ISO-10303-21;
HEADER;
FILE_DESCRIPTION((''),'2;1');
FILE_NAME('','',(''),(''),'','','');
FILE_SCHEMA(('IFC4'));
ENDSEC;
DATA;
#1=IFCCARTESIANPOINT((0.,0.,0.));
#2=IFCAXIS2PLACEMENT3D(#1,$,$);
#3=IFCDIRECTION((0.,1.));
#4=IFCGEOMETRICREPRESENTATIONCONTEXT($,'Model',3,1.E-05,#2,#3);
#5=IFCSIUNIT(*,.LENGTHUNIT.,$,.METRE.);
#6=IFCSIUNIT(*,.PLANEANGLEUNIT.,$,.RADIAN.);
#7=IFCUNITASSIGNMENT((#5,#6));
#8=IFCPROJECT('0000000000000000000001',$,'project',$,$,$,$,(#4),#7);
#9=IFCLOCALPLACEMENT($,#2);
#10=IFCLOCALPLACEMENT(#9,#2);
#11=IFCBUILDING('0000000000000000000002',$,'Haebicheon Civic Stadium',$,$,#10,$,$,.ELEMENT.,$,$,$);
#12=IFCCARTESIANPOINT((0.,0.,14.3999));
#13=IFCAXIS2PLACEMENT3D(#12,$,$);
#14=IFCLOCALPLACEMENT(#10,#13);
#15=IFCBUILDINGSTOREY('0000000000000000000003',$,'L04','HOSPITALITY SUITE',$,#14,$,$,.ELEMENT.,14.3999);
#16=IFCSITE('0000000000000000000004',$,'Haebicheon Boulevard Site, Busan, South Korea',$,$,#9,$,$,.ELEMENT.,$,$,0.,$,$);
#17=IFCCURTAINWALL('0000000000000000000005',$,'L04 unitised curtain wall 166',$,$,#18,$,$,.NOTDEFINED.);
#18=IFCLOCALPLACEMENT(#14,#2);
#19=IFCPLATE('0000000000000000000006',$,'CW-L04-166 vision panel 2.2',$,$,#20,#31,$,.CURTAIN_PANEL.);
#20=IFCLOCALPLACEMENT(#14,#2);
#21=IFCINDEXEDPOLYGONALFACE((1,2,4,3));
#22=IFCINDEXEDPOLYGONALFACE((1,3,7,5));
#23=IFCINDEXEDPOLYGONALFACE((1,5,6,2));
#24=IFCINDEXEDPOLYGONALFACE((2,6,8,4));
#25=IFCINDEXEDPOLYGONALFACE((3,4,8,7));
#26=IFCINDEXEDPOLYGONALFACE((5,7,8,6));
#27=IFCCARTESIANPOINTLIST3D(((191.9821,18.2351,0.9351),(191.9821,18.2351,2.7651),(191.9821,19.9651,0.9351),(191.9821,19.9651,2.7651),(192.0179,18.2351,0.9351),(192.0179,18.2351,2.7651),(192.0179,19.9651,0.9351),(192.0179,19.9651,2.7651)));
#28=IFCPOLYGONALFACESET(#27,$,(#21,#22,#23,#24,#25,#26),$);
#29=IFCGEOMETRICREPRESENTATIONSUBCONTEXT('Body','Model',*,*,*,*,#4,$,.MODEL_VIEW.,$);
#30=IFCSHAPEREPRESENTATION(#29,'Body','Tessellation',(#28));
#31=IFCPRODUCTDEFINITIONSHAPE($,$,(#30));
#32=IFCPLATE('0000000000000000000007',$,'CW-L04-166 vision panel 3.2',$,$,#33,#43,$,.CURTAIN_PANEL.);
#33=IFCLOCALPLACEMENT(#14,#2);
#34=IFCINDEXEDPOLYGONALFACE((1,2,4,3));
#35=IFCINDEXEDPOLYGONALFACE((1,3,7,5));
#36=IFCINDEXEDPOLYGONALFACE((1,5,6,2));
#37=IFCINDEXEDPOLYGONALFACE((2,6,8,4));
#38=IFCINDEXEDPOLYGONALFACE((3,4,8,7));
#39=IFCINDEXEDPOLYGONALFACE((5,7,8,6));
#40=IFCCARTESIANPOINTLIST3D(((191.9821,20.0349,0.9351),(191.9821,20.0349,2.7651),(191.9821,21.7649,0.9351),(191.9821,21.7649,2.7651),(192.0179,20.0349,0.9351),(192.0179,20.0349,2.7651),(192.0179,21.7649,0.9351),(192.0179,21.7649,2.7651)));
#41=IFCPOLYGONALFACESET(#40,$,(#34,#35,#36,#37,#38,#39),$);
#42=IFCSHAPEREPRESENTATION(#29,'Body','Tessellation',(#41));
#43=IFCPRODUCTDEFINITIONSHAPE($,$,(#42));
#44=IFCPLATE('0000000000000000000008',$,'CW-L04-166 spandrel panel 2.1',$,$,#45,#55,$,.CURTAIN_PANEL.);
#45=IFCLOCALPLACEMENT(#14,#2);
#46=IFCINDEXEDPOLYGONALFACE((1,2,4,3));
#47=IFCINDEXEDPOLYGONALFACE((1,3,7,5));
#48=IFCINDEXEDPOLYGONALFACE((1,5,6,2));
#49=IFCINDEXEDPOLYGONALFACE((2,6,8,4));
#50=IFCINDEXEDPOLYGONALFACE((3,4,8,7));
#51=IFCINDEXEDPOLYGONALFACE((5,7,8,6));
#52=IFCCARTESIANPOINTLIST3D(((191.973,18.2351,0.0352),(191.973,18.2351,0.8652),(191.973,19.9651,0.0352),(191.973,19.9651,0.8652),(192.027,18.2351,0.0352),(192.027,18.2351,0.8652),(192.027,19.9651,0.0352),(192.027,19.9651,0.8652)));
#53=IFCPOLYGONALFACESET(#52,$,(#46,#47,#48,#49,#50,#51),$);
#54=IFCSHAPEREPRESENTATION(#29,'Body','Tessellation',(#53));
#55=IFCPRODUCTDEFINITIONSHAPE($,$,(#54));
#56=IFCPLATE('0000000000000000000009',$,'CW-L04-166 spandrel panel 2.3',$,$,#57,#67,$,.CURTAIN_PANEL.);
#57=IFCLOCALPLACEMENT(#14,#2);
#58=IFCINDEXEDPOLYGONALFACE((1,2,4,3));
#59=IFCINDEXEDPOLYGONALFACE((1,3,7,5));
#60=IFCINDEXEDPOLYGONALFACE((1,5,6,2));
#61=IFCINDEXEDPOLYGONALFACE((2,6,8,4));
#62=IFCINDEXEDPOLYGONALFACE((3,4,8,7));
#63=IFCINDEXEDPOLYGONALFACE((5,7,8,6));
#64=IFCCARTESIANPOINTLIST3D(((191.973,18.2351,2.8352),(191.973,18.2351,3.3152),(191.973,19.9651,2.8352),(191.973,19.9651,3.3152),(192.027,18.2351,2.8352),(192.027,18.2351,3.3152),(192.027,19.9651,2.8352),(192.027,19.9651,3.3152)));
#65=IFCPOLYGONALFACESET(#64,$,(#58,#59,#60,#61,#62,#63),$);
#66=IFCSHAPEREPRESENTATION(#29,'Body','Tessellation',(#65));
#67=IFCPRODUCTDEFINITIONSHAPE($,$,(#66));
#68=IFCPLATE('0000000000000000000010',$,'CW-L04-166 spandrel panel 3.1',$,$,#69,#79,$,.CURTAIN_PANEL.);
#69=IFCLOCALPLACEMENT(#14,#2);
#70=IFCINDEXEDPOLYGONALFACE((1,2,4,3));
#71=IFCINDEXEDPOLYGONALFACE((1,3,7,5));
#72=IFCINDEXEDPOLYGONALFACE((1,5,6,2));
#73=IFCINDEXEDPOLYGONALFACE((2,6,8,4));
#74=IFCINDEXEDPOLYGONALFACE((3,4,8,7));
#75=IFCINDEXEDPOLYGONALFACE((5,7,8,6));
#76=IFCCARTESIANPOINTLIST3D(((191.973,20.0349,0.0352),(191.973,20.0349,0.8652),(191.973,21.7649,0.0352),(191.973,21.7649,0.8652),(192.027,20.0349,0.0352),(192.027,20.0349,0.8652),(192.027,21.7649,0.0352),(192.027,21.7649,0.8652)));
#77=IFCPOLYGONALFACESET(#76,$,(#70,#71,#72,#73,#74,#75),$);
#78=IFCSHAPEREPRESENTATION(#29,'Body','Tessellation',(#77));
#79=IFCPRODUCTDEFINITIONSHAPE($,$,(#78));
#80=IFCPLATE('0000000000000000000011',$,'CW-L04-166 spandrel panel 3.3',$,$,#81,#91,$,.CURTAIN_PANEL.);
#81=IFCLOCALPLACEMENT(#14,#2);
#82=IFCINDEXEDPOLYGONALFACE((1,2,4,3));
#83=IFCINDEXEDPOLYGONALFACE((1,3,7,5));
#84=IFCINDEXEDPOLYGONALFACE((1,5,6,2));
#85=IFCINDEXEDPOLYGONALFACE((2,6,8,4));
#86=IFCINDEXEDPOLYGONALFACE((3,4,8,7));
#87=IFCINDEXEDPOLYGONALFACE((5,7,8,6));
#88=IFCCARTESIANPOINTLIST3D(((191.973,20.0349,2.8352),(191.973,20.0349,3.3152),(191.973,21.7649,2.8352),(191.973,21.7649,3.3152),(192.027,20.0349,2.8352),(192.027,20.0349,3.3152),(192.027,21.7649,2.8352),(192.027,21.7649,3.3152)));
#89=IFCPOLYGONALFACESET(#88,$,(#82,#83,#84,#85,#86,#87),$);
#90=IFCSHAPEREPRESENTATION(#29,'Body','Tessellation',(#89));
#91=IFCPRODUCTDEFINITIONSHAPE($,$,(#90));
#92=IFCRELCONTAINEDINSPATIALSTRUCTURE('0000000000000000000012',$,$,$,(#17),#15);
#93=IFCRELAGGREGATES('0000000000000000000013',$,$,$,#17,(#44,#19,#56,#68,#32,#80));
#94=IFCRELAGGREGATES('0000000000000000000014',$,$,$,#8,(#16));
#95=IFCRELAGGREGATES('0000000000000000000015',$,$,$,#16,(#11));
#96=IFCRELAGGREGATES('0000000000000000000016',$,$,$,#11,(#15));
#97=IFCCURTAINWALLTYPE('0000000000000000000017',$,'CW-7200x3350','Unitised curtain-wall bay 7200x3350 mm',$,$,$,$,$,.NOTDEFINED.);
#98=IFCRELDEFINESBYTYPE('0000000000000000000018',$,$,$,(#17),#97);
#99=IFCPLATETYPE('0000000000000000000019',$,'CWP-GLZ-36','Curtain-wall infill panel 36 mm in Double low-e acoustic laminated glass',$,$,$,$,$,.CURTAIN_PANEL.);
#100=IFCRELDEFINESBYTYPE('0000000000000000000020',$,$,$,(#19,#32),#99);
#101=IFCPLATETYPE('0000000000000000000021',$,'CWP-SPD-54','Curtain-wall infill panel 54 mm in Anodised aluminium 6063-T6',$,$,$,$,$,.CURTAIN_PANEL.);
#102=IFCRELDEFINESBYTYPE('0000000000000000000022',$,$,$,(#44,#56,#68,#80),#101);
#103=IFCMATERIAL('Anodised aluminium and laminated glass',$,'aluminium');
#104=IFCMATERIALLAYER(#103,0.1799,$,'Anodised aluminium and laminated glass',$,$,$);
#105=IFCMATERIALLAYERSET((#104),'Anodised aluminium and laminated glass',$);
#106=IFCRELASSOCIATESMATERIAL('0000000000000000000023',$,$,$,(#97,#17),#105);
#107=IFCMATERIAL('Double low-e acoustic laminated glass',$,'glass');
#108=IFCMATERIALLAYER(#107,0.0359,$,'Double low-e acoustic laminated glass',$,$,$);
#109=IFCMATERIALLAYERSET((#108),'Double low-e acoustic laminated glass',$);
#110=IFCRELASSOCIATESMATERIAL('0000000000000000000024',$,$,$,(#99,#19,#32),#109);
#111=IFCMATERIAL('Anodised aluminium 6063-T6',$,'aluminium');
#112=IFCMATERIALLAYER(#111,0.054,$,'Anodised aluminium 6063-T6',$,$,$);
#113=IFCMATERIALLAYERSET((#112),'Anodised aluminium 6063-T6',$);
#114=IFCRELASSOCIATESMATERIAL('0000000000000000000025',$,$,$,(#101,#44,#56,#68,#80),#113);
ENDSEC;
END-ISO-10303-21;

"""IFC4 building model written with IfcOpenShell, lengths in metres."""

from ifc_helpers import new_model, si_unit, direction, frame, origin, origin_2d, place, context, subcontext, project, spatial, rectangle, extrude, material, layer, layer_set, type_object, element, aggregate, save


model = new_model("IFC4")

# Units and contexts
model_context = context("Model", 3, precision=1e-05, world=origin(), true_north=direction((0.0, 1.0)))
body_context = subcontext(model_context, "Body", "Model", "MODEL_VIEW")
ifc_project = project(units=[si_unit("LENGTHUNIT", "METRE"), si_unit("PLANEANGLEUNIT", "RADIAN")], contexts=[model_context])

# Site, building, storey
site_placement = place(None, origin())
site = spatial("IfcSite", under=ifc_project, at=site_placement, Name="Haebicheon Boulevard Site, Busan, South Korea", CompositionType="ELEMENT", RefElevation=0.0)
building_placement = place(site_placement, origin())
building = spatial("IfcBuilding", under=site, at=building_placement, Name="Haebicheon Civic Stadium", CompositionType="ELEMENT")
storey_placement = place(building_placement, frame((0.0, 0.0, 14.3999)))
storey = spatial("IfcBuildingStorey", under=building, at=storey_placement, Name="L04", Description="HOSPITALITY SUITE", CompositionType="ELEMENT", Elevation=14.3999)

# Curtain wall
ifc_material_1 = material(Name="Anodised aluminium and laminated glass", Category="aluminium")
ifc_layer_1 = layer(ifc_material_1, 0.1799, Name="Anodised aluminium and laminated glass")
ifc_layer_set_1 = layer_set([ifc_layer_1], Name="Anodised aluminium and laminated glass")
curtain_wall_type = type_object("IfcCurtainWallType", Name="CW-7200x3350", Description="Unitised curtain-wall bay 7200x3350 mm", PredefinedType="NOTDEFINED", material=ifc_layer_set_1)
curtain_wall_placement = place(storey_placement, origin())
curtain_wall = element("IfcCurtainWall", 1, at=curtain_wall_placement, inside=storey, type_object=curtain_wall_type, material=ifc_layer_set_1, Name="L04 unitised curtain wall 166", PredefinedType="NOTDEFINED")

# Plates
ifc_material_2 = material(Name="Double low-e acoustic laminated glass", Category="glass")
ifc_layer_2 = layer(ifc_material_2, 0.0359, Name="Double low-e acoustic laminated glass")
ifc_layer_set_2 = layer_set([ifc_layer_2], Name="Double low-e acoustic laminated glass")
plate_type_1 = type_object("IfcPlateType", Name="CWP-GLZ-36", Description="Curtain-wall infill panel 36 mm in Double low-e acoustic laminated glass", PredefinedType="CURTAIN_PANEL", material=ifc_layer_set_2)
plate_1_placement = place(storey_placement, frame((192.0, 19.1001, 0.9351), z_axis=(0.0, 0.0, 1.0), x_axis=(0.0, 1.0, 0.0)))
plate_1 = element("IfcPlate", 2, at=plate_1_placement, type_object=plate_type_1, material=ifc_layer_set_2, Name="CW-L04-166 vision panel 2.2", PredefinedType="CURTAIN_PANEL", context=body_context, shape_type="SweptSolid", body=[
    extrude(rectangle(XDim=1.73, YDim=0.0359, at=origin_2d()), origin(), (0.0, 0.0, 1.0), 1.8301),
])
plate_2_placement = place(storey_placement, frame((192.0, 20.8999, 0.9351), z_axis=(0.0, 0.0, 1.0), x_axis=(0.0, 1.0, 0.0)))
plate_2 = element("IfcPlate", 3, at=plate_2_placement, type_object=plate_type_1, material=ifc_layer_set_2, Name="CW-L04-166 vision panel 3.2", PredefinedType="CURTAIN_PANEL", context=body_context, shape_type="SweptSolid", body=[
    extrude(rectangle(XDim=1.73, YDim=0.0359, at=origin_2d()), origin(), (0.0, 0.0, 1.0), 1.8301),
])
ifc_material_3 = material(Name="Anodised aluminium 6063-T6", Category="aluminium")
ifc_layer_3 = layer(ifc_material_3, 0.054, Name="Anodised aluminium 6063-T6")
ifc_layer_set_3 = layer_set([ifc_layer_3], Name="Anodised aluminium 6063-T6")
plate_type_2 = type_object("IfcPlateType", Name="CWP-SPD-54", Description="Curtain-wall infill panel 54 mm in Anodised aluminium 6063-T6", PredefinedType="CURTAIN_PANEL", material=ifc_layer_set_3)
plate_3_placement = place(storey_placement, frame((192.0, 19.1001, 0.0352), z_axis=(0.0, 0.0, 1.0), x_axis=(0.0, 1.0, 0.0)))
plate_3 = element("IfcPlate", 4, at=plate_3_placement, type_object=plate_type_2, material=ifc_layer_set_3, Name="CW-L04-166 spandrel panel 2.1", PredefinedType="CURTAIN_PANEL", context=body_context, shape_type="SweptSolid", body=[
    extrude(rectangle(XDim=1.73, YDim=0.054, at=origin_2d()), origin(), (0.0, 0.0, 1.0), 0.8301),
])
plate_4_placement = place(storey_placement, frame((192.0, 19.1001, 2.8352), z_axis=(0.0, 0.0, 1.0), x_axis=(0.0, 1.0, 0.0)))
plate_4 = element("IfcPlate", 5, at=plate_4_placement, type_object=plate_type_2, material=ifc_layer_set_3, Name="CW-L04-166 spandrel panel 2.3", PredefinedType="CURTAIN_PANEL", context=body_context, shape_type="SweptSolid", body=[
    extrude(rectangle(XDim=1.73, YDim=0.054, at=origin_2d()), origin(), (0.0, 0.0, 1.0), 0.48),
])
plate_5_placement = place(storey_placement, frame((192.0, 20.8999, 0.0352), z_axis=(0.0, 0.0, 1.0), x_axis=(0.0, 1.0, 0.0)))
plate_5 = element("IfcPlate", 6, at=plate_5_placement, type_object=plate_type_2, material=ifc_layer_set_3, Name="CW-L04-166 spandrel panel 3.1", PredefinedType="CURTAIN_PANEL", context=body_context, shape_type="SweptSolid", body=[
    extrude(rectangle(XDim=1.73, YDim=0.054, at=origin_2d()), origin(), (0.0, 0.0, 1.0), 0.8301),
])
plate_6_placement = place(storey_placement, frame((192.0, 20.8999, 2.8352), z_axis=(0.0, 0.0, 1.0), x_axis=(0.0, 1.0, 0.0)))
plate_6 = element("IfcPlate", 7, at=plate_6_placement, type_object=plate_type_2, material=ifc_layer_set_3, Name="CW-L04-166 spandrel panel 3.3", PredefinedType="CURTAIN_PANEL", context=body_context, shape_type="SweptSolid", body=[
    extrude(rectangle(XDim=1.73, YDim=0.054, at=origin_2d()), origin(), (0.0, 0.0, 1.0), 0.48),
])
aggregate(curtain_wall, [plate_3, plate_1, plate_4, plate_5, plate_2, plate_6])

save(model, "model.ifc")
